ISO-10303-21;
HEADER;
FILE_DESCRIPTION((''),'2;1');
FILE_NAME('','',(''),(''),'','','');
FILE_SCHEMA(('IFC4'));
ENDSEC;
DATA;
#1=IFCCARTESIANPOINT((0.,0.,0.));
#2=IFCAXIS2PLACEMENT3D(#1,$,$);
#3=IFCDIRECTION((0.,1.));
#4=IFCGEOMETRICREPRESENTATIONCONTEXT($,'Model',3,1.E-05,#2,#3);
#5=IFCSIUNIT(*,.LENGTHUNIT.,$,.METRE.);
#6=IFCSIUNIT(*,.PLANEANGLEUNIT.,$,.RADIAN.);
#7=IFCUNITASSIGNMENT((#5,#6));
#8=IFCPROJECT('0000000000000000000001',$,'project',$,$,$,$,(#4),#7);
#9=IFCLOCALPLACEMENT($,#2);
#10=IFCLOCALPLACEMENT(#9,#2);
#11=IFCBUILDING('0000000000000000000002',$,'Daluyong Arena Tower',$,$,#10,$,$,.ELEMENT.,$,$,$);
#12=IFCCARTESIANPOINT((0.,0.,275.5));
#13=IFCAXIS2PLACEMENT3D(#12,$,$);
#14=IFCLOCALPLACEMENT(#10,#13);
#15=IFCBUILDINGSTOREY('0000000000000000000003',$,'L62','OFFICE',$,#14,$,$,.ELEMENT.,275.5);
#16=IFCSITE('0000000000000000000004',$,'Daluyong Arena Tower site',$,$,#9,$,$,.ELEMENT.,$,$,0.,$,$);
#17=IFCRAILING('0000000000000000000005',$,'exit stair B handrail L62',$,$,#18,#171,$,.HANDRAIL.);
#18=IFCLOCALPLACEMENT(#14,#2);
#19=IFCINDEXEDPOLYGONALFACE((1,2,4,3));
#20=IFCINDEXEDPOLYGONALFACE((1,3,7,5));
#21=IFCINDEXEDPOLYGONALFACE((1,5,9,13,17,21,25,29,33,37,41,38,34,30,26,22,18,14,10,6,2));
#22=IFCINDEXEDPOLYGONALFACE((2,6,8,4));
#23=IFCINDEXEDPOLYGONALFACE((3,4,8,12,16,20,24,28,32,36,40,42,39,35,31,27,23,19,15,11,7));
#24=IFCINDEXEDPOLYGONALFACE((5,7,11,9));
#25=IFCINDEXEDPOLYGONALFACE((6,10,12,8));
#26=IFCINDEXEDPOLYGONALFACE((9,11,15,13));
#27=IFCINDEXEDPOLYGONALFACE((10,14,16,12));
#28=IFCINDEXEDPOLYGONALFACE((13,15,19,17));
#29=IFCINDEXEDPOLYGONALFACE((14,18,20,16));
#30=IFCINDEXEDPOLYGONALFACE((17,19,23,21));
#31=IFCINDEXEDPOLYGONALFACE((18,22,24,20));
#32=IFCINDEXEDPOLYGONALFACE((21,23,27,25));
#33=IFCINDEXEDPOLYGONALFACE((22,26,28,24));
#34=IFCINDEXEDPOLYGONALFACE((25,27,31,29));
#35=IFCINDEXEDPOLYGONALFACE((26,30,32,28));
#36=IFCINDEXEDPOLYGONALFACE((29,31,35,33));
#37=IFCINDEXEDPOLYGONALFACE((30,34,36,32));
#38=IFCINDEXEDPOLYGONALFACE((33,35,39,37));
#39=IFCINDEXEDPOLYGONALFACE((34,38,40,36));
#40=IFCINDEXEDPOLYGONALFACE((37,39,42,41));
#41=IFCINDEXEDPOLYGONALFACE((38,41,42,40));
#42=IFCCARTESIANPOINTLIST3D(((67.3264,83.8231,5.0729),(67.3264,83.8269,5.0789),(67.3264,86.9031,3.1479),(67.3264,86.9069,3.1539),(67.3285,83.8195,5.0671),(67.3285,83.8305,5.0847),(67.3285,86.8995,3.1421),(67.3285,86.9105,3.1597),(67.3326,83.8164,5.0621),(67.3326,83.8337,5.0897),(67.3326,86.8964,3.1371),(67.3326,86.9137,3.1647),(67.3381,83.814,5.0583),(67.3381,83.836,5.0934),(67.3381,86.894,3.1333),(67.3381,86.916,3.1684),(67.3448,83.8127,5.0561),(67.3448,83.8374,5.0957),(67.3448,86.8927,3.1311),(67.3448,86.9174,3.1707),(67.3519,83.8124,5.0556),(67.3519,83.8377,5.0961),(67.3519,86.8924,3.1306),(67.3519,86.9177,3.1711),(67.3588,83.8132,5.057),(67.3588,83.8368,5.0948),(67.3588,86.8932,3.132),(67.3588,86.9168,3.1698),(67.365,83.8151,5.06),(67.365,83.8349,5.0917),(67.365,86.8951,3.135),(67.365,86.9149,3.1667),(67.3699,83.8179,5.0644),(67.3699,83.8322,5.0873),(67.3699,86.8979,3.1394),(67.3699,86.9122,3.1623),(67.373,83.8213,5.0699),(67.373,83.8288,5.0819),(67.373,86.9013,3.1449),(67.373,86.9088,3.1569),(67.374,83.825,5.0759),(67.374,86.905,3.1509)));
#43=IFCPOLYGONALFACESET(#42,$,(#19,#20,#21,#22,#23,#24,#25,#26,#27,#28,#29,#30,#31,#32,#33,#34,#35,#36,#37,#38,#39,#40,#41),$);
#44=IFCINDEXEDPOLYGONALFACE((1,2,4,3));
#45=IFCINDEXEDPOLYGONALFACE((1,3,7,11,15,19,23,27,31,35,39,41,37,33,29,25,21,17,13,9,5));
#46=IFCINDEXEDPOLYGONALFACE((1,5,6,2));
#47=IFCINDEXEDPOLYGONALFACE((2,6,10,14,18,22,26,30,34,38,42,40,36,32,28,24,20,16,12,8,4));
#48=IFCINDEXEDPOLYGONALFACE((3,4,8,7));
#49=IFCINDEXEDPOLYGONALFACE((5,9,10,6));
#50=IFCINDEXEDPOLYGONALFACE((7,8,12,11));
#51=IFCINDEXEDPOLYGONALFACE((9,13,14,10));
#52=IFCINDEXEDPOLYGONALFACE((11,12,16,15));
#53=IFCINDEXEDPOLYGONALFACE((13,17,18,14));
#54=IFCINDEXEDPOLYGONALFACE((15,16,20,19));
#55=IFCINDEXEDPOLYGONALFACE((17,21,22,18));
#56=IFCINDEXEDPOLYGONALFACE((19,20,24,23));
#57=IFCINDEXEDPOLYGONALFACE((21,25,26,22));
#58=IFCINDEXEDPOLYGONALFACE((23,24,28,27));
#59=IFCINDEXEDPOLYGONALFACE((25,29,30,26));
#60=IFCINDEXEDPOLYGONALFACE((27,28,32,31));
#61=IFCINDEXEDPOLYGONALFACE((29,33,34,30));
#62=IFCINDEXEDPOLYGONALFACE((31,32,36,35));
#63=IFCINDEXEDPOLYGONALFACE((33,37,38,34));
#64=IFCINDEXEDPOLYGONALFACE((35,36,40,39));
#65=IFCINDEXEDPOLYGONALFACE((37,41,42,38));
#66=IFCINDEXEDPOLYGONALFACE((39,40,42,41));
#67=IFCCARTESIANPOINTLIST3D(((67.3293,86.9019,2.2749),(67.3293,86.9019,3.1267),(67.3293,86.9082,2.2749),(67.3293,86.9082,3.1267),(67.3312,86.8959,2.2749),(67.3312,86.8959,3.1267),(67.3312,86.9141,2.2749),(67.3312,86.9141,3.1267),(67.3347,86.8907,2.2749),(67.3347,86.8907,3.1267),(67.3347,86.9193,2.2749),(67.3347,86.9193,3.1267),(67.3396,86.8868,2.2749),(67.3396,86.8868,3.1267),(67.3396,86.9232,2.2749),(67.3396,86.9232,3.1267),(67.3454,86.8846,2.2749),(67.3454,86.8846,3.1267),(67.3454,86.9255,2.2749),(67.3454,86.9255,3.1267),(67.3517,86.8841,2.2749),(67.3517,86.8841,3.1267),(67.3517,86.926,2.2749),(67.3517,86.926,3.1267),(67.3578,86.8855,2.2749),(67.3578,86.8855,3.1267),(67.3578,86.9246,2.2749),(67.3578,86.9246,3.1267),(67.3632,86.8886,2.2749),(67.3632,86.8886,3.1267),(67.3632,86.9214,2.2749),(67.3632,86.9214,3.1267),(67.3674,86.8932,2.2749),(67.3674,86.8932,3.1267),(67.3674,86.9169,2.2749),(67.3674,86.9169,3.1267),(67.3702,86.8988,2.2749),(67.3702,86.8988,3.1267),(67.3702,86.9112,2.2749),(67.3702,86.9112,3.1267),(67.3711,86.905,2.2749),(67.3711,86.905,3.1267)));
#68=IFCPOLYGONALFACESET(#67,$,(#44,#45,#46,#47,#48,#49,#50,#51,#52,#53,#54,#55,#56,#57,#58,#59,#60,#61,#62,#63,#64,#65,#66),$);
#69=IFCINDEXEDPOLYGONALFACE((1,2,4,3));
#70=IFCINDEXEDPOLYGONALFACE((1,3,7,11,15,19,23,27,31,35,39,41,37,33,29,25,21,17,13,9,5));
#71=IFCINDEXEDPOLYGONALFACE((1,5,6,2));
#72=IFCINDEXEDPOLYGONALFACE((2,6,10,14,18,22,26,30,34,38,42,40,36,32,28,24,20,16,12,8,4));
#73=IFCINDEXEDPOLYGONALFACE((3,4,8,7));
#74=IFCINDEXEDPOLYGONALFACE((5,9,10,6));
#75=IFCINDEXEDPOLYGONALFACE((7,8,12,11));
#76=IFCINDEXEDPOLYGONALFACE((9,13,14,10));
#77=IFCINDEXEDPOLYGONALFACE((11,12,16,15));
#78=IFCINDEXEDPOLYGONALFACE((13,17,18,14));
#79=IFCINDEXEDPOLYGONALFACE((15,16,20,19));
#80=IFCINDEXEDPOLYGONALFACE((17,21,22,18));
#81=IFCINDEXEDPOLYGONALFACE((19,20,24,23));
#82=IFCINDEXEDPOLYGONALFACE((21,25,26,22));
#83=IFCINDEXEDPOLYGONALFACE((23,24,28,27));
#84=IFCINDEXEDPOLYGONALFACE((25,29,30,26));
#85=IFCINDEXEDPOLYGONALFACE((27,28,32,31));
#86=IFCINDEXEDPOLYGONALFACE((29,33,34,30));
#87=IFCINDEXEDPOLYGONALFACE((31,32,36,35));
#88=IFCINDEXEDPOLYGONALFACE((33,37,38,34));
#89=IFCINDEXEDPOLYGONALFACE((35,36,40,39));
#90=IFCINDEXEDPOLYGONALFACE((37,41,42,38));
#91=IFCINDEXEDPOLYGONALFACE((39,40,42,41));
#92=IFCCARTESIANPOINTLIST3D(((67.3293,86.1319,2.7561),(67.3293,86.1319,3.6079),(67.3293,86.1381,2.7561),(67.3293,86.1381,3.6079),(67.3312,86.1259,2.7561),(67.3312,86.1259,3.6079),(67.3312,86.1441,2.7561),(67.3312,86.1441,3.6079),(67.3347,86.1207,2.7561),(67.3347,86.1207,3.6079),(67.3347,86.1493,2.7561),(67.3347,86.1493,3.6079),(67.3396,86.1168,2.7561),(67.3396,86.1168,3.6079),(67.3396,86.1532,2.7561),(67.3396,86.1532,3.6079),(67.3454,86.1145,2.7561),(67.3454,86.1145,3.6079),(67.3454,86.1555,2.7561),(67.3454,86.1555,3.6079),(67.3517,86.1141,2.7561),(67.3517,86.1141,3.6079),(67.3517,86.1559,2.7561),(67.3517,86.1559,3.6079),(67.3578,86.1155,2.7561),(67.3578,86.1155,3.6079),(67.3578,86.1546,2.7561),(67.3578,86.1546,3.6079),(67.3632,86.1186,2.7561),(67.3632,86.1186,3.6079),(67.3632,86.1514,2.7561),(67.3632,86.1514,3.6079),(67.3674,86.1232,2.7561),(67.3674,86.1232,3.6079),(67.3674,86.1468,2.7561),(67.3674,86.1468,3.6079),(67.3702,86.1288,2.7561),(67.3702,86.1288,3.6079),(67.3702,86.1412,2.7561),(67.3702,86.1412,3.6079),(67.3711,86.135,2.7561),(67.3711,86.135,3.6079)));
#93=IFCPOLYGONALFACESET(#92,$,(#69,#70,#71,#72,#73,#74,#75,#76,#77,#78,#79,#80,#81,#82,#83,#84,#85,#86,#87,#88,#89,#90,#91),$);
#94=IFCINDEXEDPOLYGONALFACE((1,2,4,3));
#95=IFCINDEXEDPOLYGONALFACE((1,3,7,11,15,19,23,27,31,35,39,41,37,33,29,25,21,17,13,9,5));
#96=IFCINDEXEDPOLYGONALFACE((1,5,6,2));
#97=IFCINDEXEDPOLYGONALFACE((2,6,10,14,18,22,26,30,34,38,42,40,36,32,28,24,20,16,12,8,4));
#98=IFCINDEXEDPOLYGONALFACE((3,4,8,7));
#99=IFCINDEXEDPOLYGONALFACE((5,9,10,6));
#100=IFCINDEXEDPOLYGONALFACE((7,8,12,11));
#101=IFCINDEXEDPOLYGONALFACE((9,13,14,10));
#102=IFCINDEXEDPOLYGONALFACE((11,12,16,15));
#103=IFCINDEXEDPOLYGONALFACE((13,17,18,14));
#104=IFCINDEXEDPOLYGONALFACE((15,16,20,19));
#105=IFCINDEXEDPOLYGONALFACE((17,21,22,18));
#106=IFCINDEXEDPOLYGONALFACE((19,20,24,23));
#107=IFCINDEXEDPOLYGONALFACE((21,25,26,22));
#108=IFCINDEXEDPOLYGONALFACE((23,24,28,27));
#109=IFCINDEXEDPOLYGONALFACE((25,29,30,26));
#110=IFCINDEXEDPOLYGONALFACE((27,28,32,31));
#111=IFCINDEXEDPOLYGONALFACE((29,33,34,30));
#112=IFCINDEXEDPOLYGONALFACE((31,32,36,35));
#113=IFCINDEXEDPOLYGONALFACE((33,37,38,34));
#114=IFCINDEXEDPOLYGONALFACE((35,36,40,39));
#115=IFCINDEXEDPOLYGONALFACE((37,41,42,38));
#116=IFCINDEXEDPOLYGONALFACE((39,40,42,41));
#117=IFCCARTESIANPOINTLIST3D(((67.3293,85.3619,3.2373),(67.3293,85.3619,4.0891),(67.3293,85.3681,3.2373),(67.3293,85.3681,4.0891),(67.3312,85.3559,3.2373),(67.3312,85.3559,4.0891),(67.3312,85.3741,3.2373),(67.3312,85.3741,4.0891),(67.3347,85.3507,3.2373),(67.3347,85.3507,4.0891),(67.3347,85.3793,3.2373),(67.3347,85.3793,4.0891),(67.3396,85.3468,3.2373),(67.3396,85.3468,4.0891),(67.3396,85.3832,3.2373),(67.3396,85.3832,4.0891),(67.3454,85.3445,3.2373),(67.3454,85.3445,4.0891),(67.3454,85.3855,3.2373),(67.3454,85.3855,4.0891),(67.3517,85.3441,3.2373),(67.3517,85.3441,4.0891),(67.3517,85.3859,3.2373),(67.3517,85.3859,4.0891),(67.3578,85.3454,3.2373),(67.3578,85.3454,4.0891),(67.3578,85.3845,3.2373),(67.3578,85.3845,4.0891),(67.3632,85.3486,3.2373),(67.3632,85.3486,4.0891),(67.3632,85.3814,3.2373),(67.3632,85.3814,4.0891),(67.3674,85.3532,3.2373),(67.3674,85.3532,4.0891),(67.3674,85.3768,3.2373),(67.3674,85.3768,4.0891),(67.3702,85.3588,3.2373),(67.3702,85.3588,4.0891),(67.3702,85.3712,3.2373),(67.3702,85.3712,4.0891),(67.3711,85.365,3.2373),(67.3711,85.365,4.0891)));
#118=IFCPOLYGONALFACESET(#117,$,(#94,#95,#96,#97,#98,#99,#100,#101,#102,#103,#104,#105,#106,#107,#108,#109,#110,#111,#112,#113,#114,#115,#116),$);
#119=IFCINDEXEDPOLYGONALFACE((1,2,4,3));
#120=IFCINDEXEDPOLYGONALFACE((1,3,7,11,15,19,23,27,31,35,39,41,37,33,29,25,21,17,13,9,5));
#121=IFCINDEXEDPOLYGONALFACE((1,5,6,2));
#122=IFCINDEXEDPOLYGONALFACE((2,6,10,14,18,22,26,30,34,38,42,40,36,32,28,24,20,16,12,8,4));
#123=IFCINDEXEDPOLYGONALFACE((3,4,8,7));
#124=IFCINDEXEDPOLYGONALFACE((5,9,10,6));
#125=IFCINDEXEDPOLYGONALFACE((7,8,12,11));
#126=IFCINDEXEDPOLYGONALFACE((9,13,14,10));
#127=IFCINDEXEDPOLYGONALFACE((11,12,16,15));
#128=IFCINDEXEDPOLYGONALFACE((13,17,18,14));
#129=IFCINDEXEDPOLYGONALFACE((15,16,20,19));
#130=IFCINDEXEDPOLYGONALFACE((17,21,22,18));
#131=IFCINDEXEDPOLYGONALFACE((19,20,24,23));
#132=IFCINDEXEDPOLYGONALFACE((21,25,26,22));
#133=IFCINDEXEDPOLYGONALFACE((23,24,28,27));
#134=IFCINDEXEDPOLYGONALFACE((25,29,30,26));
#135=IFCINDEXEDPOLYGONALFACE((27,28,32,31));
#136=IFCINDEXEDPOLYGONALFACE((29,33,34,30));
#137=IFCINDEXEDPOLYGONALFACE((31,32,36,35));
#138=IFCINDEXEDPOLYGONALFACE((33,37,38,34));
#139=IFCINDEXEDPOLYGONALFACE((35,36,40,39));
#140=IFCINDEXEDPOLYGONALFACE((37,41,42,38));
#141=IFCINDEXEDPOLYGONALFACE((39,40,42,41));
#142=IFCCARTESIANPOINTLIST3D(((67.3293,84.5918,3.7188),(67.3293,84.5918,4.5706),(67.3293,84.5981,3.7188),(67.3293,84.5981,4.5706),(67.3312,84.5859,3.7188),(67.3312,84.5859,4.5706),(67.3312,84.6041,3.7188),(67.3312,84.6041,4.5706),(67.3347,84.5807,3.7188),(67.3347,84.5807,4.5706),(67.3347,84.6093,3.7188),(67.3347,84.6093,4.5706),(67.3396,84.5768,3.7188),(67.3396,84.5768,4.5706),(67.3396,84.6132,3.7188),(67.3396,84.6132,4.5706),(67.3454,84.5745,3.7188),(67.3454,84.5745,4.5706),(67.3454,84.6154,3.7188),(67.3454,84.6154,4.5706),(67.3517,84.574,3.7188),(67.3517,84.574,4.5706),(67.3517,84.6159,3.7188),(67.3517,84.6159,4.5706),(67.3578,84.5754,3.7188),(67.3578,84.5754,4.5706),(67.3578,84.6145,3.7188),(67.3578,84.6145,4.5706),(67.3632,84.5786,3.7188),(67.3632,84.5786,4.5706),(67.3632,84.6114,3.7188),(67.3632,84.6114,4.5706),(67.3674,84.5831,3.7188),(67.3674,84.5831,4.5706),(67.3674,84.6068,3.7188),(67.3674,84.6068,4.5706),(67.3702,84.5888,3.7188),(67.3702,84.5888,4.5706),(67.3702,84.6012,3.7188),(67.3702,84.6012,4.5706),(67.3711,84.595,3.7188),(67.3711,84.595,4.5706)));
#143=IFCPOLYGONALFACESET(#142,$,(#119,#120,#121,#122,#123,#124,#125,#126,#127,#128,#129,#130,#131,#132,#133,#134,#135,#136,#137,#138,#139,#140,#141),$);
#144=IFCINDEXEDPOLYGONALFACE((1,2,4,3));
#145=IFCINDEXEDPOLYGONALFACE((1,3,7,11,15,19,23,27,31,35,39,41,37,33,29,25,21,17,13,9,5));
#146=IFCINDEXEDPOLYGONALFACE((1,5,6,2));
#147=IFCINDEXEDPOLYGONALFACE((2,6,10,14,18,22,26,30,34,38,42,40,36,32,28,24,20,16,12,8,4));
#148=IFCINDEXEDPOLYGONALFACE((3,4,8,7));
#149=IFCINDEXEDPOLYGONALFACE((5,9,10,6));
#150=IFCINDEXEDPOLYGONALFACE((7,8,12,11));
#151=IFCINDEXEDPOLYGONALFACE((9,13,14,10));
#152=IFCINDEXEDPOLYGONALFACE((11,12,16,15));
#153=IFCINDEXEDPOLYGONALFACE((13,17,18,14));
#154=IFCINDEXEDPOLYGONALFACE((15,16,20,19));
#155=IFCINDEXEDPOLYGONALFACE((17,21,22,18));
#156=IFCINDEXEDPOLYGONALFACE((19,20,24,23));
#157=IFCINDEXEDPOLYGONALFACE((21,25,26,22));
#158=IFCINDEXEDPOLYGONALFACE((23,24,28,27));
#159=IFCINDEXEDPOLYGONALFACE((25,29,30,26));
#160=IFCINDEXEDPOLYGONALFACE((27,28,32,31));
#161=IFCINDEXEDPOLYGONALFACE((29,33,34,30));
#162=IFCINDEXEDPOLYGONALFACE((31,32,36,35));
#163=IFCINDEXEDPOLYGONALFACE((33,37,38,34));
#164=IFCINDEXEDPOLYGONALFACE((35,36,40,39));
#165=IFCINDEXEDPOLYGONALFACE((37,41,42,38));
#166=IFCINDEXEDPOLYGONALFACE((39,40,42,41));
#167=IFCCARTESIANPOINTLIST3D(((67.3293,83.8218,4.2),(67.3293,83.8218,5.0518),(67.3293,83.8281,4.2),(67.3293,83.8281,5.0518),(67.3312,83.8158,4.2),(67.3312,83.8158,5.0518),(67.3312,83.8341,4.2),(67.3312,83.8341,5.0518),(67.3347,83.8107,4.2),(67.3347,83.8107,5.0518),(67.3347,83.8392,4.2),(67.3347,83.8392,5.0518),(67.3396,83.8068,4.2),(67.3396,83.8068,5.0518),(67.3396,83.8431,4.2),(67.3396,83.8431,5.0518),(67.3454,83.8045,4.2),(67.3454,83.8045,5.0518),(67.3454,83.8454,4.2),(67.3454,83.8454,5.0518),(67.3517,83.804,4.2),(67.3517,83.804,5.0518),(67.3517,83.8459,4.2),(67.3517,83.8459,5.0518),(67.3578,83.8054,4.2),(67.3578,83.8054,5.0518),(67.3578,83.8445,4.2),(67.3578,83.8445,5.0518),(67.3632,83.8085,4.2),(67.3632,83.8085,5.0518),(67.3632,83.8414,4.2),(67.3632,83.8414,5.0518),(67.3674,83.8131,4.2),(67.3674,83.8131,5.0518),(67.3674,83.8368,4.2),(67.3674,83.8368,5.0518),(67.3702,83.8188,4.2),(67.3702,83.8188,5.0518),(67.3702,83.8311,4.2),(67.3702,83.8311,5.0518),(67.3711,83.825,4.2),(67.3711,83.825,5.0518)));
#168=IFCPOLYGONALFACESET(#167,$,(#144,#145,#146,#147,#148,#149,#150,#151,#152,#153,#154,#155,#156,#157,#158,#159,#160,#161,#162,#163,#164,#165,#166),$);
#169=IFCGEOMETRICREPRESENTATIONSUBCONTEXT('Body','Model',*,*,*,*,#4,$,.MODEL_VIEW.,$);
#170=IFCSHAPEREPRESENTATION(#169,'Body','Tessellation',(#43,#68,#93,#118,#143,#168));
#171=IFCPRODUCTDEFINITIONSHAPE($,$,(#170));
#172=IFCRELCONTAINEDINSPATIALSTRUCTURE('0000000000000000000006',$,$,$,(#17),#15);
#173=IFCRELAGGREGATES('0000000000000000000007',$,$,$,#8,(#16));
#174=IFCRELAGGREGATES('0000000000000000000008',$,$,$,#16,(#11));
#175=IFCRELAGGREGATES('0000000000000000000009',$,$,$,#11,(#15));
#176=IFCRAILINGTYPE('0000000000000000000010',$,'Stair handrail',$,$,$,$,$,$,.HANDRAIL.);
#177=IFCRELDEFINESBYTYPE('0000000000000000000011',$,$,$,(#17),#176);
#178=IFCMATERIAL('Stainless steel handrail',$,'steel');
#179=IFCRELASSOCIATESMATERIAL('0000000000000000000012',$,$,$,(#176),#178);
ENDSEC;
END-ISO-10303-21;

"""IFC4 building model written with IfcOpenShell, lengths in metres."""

from ifc_helpers import new_model, si_unit, direction, frame, origin, origin_2d, place, context, subcontext, project, spatial, circle, extrude, material, type_object, element, save


model = new_model("IFC4")

# Units and contexts
model_context = context("Model", 3, precision=1e-05, world=origin(), true_north=direction((0.0, 1.0)))
body_context = subcontext(model_context, "Body", "Model", "MODEL_VIEW")
ifc_project = project(units=[si_unit("LENGTHUNIT", "METRE"), si_unit("PLANEANGLEUNIT", "RADIAN")], contexts=[model_context])

# Site, building, storey
site_placement = place(None, origin())
site = spatial("IfcSite", under=ifc_project, at=site_placement, Name="Daluyong Arena Tower site", CompositionType="ELEMENT", RefElevation=0.0)
building_placement = place(site_placement, origin())
building = spatial("IfcBuilding", under=site, at=building_placement, Name="Daluyong Arena Tower", CompositionType="ELEMENT")
storey_placement = place(building_placement, frame((0.0, 0.0, 275.5)))
storey = spatial("IfcBuildingStorey", under=building, at=storey_placement, Name="L62", Description="OFFICE", CompositionType="ELEMENT", Elevation=275.5)

# Railing
ifc_material_1 = material(Name="Stainless steel handrail", Category="steel")
railing_type_1 = type_object("IfcRailingType", Name="Stair handrail", PredefinedType="HANDRAIL", material=ifc_material_1)
railing_1_placement = place(storey_placement, frame((67.3501, 86.905, 2.2749)))
element("IfcRailing", 1, at=railing_1_placement, inside=storey, type_object=railing_type_1, Name="exit stair B handrail L62", PredefinedType="HANDRAIL", context=body_context, shape_type="SweptSolid", body=[
    extrude(circle(Radius=0.0239, at=origin_2d()), frame((0.0, 0.0, 0.876), z_axis=(0.0, -0.847998, 0.529999), x_axis=(1.0, 0.0, 0.0)), (0.0, 0.0, 1.0), 3.6321),
    extrude(circle(Radius=0.021, at=origin_2d()), origin(), (0.0, 0.0, 1.0), 0.8518),
    extrude(circle(Radius=0.021, at=origin_2d()), frame((0.0, -0.77, 0.4812)), (0.0, 0.0, 1.0), 0.8518),
    extrude(circle(Radius=0.021, at=origin_2d()), frame((0.0, -1.54, 0.9624)), (0.0, 0.0, 1.0), 0.8518),
    extrude(circle(Radius=0.021, at=origin_2d()), frame((0.0, -2.3101, 1.4438)), (0.0, 0.0, 1.0), 0.8518),
    extrude(circle(Radius=0.021, at=origin_2d()), frame((0.0, -3.0801, 1.925)), (0.0, 0.0, 1.0), 0.8518),
])

save(model, "model.ifc")
